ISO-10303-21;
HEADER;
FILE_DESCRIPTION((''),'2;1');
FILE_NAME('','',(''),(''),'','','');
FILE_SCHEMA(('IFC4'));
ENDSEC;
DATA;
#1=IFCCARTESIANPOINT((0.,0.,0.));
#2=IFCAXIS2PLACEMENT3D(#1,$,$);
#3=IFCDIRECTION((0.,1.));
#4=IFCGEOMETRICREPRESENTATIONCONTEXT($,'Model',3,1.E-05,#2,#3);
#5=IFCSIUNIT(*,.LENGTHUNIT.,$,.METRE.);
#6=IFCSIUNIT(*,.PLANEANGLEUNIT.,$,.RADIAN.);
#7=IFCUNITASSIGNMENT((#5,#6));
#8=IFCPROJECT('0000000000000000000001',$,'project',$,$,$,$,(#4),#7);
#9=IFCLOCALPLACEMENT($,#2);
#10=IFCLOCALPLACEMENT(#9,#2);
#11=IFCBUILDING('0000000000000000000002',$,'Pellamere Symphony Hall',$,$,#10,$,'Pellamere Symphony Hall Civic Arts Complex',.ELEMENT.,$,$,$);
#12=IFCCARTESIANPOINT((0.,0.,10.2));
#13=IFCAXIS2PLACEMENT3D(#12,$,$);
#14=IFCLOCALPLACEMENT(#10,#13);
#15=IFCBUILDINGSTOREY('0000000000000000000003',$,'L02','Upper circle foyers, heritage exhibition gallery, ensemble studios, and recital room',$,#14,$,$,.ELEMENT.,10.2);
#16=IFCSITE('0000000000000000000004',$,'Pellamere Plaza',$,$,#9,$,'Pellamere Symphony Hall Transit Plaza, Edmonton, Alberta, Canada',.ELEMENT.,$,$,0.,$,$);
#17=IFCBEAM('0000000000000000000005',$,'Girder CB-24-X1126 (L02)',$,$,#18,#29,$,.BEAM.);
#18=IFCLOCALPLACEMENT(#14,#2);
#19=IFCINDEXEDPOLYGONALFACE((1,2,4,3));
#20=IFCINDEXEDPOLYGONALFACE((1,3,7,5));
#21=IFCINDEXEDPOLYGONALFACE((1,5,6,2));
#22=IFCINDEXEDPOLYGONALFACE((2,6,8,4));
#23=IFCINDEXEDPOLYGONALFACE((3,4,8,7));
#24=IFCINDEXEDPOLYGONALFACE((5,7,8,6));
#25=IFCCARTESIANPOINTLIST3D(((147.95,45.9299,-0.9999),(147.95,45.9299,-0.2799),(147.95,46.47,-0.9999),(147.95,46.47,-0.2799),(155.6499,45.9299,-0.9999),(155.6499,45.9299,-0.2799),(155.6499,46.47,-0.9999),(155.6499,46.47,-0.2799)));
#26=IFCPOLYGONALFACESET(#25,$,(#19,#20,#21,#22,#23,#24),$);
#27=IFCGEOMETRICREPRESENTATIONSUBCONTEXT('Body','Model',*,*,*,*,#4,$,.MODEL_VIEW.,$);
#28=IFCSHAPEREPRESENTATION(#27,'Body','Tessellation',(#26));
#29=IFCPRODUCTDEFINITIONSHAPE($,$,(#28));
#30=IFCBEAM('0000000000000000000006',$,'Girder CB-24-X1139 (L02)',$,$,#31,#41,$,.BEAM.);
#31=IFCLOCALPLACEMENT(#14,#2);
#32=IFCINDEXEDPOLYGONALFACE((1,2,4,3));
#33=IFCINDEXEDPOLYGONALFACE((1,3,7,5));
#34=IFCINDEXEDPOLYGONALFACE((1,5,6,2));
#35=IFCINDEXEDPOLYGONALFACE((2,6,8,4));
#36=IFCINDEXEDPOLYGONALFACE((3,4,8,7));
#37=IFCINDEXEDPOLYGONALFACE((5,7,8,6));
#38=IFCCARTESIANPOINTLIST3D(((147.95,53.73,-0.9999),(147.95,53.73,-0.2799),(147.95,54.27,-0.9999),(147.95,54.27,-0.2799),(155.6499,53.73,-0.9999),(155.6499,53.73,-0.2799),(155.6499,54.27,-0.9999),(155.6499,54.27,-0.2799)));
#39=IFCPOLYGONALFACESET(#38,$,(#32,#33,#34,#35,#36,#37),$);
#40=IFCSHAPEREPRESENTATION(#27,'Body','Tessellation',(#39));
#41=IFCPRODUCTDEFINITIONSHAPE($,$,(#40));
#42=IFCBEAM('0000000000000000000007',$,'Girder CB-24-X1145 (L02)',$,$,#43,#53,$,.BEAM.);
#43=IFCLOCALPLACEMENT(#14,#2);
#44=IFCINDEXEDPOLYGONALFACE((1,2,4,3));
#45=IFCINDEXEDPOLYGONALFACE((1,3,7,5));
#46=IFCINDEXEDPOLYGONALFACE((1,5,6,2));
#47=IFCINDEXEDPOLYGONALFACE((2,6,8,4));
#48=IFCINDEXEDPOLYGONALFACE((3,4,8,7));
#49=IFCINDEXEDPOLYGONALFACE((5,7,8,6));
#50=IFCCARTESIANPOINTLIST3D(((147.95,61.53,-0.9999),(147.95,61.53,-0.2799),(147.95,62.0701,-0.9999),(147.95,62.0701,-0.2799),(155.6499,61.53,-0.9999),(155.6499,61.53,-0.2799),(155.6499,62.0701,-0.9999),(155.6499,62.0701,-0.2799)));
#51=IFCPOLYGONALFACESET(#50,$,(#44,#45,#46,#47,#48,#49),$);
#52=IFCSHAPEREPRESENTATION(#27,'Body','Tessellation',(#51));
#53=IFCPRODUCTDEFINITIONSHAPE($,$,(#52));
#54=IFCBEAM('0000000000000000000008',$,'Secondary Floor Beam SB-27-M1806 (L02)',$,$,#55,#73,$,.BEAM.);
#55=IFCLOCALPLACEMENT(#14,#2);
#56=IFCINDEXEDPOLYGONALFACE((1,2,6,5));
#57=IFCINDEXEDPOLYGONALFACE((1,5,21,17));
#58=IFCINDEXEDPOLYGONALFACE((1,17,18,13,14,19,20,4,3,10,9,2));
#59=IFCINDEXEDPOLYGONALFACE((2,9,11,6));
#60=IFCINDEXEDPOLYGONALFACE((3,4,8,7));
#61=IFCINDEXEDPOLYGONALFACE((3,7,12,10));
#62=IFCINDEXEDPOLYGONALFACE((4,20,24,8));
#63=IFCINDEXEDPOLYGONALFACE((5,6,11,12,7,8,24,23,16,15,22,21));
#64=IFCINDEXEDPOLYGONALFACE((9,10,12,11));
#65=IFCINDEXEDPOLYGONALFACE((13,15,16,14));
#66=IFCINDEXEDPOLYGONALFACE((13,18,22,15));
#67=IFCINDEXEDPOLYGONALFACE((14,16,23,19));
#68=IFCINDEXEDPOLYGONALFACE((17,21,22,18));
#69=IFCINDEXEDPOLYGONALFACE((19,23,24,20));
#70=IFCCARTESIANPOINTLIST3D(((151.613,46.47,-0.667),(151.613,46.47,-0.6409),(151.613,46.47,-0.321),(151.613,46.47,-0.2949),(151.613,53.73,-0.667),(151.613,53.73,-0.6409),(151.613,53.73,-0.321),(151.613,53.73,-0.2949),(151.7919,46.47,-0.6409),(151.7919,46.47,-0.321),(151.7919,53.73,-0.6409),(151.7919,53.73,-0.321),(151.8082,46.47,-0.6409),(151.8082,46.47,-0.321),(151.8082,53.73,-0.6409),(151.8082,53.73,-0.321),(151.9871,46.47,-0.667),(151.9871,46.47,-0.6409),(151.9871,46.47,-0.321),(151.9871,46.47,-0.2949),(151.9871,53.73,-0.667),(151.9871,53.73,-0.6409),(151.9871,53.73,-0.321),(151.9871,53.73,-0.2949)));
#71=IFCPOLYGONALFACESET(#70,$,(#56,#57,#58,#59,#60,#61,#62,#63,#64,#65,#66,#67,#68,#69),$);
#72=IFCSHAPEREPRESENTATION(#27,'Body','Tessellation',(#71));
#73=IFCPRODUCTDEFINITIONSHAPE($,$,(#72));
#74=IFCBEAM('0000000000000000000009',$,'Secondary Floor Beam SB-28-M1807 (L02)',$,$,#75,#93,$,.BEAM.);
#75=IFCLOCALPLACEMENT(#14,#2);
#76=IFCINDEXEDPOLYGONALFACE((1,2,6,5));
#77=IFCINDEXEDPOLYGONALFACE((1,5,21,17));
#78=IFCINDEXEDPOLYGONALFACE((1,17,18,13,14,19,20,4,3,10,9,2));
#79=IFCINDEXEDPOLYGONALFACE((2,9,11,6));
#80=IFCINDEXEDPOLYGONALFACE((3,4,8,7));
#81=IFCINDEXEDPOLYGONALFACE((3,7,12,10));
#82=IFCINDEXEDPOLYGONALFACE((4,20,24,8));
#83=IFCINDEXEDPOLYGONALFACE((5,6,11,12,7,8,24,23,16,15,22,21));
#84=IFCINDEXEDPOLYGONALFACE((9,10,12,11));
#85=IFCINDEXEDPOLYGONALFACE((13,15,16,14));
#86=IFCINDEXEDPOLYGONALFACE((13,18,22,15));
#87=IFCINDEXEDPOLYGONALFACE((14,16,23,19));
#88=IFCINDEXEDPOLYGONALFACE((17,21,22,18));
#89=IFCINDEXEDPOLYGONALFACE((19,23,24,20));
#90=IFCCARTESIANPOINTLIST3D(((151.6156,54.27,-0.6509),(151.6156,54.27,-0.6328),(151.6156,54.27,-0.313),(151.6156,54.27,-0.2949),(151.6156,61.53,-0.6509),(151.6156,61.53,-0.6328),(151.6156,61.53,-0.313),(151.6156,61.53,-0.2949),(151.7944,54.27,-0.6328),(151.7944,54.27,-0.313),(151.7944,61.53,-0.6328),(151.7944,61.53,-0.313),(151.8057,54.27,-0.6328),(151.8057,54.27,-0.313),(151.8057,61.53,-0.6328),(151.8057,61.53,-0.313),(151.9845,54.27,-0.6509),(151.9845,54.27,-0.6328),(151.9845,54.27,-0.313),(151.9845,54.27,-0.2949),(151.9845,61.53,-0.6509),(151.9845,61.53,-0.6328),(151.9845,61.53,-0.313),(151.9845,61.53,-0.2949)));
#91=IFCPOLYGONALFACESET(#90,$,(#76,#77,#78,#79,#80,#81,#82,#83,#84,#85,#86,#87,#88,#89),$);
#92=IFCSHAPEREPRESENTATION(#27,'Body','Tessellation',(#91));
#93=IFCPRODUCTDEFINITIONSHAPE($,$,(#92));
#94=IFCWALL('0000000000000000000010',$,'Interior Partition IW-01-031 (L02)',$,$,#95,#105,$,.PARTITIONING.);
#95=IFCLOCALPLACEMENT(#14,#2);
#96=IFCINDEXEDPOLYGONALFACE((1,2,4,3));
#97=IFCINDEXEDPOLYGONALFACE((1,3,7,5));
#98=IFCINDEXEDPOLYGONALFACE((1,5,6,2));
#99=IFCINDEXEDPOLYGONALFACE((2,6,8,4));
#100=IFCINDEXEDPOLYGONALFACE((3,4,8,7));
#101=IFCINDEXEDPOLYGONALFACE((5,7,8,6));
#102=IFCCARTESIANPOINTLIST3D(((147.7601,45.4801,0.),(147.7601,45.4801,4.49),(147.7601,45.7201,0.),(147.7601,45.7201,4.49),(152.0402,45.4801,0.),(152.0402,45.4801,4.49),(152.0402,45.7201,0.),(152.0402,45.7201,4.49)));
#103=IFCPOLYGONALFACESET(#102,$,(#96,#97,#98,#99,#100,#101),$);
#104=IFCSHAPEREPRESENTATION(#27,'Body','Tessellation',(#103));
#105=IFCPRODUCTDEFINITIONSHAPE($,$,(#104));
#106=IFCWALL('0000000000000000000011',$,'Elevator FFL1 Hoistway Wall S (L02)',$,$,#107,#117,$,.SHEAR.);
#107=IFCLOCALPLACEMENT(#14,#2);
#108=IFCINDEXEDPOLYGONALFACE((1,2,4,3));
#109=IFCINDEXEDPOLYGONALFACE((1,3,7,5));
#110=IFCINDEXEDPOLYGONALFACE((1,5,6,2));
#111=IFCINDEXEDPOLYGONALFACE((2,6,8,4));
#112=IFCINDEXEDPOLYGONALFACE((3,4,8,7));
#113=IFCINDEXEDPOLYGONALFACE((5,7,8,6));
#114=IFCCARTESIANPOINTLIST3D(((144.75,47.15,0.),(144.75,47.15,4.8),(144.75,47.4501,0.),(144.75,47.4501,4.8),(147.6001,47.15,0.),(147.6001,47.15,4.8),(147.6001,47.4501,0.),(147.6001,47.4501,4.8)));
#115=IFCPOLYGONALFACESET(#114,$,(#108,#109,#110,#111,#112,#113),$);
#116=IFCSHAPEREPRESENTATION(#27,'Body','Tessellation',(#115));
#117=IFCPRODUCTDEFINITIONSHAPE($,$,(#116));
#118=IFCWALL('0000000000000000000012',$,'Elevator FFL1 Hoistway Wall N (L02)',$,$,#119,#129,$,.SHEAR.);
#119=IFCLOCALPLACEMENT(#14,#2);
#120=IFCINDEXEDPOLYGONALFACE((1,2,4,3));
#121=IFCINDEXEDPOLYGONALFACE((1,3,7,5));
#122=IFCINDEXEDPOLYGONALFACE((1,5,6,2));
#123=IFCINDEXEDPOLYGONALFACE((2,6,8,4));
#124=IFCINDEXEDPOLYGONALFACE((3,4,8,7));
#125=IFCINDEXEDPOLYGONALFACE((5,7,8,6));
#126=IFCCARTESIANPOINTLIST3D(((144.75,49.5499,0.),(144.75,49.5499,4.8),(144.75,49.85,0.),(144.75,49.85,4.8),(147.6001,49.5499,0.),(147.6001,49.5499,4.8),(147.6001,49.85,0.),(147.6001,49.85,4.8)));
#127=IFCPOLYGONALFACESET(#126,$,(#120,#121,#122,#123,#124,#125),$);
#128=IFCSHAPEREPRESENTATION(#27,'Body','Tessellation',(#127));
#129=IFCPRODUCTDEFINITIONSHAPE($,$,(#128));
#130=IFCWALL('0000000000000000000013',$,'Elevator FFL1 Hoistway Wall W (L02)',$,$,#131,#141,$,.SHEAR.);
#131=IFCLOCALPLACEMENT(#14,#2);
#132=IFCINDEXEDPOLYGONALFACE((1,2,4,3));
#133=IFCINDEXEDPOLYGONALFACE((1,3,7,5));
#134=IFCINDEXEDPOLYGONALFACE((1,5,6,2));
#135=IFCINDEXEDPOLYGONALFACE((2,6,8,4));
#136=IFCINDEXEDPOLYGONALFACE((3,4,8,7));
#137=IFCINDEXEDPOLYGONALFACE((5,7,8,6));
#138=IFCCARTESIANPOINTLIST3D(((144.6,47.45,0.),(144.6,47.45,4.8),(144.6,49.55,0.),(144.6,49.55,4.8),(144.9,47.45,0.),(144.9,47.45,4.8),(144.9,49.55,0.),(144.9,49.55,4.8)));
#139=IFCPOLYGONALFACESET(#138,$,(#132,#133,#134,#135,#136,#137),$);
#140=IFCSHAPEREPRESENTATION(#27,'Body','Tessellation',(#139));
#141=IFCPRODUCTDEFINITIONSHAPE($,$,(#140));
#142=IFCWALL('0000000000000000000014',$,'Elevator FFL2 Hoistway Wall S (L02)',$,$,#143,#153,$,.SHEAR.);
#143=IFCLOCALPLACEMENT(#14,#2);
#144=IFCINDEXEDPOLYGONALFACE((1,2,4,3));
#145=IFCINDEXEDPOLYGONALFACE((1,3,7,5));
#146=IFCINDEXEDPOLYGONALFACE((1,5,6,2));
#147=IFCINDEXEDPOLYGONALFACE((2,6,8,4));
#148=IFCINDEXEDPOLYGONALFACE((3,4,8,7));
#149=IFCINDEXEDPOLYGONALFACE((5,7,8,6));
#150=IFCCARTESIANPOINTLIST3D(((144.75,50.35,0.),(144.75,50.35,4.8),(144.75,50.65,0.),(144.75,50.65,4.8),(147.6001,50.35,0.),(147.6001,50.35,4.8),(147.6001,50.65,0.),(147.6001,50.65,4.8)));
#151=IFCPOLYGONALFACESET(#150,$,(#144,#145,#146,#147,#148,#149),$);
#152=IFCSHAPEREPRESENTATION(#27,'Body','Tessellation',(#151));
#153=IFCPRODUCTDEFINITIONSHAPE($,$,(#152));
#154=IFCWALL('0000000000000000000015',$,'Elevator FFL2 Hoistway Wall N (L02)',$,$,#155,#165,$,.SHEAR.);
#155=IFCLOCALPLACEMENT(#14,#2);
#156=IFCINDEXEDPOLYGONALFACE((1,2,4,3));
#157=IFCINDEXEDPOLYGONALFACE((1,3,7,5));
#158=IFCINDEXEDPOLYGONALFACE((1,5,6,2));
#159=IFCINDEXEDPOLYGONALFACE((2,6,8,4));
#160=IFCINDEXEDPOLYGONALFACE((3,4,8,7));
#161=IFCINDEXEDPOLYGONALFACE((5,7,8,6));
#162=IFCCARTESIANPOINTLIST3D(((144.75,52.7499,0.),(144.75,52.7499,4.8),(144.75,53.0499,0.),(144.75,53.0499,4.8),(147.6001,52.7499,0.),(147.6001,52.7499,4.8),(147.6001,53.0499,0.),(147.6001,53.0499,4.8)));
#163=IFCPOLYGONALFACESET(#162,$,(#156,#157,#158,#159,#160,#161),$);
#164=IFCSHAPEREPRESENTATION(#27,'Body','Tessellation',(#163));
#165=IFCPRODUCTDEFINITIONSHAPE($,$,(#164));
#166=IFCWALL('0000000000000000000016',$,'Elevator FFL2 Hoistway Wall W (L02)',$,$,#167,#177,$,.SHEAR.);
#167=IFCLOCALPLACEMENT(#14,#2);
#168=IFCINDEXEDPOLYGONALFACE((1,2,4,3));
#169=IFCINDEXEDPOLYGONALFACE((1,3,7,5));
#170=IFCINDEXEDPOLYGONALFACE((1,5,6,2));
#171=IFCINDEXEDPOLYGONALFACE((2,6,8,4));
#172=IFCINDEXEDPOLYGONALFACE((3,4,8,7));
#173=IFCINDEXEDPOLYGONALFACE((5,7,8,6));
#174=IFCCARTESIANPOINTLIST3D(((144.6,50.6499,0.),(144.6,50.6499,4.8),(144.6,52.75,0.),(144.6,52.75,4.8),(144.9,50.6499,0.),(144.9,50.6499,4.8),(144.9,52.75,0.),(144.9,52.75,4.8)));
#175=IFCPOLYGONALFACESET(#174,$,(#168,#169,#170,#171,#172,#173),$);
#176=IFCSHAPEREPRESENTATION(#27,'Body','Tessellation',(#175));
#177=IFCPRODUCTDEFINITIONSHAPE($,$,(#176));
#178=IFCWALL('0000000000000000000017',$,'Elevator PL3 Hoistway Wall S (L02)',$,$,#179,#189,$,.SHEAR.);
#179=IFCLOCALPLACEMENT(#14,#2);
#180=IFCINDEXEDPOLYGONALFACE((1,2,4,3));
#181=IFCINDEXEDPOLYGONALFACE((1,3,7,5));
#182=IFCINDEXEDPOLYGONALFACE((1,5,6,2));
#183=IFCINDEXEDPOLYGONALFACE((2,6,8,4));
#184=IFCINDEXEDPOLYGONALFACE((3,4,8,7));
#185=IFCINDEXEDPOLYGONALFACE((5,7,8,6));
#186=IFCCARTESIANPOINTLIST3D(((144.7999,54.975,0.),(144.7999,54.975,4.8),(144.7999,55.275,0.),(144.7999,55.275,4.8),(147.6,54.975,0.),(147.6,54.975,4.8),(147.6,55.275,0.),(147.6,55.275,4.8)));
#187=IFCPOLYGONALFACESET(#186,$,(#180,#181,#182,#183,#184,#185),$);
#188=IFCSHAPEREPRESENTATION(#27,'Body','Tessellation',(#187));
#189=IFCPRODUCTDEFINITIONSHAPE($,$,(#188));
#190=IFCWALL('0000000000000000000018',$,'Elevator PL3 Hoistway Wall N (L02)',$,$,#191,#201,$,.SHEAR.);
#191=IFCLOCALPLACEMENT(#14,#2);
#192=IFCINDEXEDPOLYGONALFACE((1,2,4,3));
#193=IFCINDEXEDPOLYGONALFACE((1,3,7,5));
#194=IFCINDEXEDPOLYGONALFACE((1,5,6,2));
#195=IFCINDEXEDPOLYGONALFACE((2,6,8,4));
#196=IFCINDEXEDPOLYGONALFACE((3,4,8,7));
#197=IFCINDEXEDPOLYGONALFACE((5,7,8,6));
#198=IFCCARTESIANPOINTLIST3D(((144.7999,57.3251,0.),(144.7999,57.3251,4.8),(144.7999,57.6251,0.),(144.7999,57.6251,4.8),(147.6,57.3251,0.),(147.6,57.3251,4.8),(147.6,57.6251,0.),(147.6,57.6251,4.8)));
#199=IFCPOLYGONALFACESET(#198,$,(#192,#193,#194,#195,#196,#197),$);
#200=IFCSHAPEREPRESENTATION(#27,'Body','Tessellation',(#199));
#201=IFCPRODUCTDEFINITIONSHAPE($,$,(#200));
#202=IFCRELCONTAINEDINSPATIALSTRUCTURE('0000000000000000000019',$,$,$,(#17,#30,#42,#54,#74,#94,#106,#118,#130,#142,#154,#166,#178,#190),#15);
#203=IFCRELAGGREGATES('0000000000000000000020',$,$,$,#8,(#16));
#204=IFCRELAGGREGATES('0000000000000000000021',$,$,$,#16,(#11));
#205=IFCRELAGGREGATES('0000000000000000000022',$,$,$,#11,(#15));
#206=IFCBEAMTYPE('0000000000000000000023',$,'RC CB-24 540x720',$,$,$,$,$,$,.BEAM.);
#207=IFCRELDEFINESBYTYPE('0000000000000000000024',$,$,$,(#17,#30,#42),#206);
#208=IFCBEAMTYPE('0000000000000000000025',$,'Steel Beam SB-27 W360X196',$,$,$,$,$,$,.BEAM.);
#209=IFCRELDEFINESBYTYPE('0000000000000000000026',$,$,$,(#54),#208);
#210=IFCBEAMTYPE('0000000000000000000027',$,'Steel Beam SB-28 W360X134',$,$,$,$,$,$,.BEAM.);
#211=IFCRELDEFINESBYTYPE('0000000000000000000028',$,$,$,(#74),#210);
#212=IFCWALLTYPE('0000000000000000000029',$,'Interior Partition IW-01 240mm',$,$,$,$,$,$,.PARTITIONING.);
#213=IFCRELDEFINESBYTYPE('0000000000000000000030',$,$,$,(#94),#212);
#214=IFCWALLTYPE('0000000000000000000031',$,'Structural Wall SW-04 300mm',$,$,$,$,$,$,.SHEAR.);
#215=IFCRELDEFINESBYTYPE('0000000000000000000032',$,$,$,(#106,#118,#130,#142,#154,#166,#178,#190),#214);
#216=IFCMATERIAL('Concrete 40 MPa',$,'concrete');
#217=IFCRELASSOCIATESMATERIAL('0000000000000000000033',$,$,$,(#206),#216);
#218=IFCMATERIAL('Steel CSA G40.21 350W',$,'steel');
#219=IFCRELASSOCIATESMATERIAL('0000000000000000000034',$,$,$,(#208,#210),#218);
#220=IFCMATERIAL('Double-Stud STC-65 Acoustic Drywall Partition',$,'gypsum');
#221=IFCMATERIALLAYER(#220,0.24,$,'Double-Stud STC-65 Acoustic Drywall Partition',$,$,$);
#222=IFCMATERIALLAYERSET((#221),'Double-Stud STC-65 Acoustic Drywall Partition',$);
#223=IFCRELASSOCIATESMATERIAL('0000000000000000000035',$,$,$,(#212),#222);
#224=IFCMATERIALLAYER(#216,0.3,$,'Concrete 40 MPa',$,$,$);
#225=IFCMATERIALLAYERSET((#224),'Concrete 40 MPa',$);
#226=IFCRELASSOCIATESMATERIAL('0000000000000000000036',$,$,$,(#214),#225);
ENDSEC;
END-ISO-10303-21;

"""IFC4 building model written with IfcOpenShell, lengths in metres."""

from ifc_helpers import new_model, si_unit, direction, frame, frame_2d, origin, origin_2d, place, context, subcontext, project, spatial, rectangle, i_section, extrude, material, layer, layer_set, material_profile, profile_set, type_object, element, save


model = new_model("IFC4")

# Units and contexts
model_context = context("Model", 3, precision=1e-05, world=origin(), true_north=direction((0.0, 1.0)))
body_context = subcontext(model_context, "Body", "Model", "MODEL_VIEW")
ifc_project = project(units=[si_unit("LENGTHUNIT", "METRE"), si_unit("PLANEANGLEUNIT", "RADIAN")], contexts=[model_context])

# Site, building, storey
site_placement = place(None, origin())
site = spatial("IfcSite", under=ifc_project, at=site_placement, Name="Pellamere Plaza", LongName="Pellamere Symphony Hall Transit Plaza, Edmonton, Alberta, Canada", CompositionType="ELEMENT", RefElevation=0.0)
building_placement = place(site_placement, origin())
building = spatial("IfcBuilding", under=site, at=building_placement, Name="Pellamere Symphony Hall", LongName="Pellamere Symphony Hall Civic Arts Complex", CompositionType="ELEMENT")
storey_placement = place(building_placement, frame((0.0, 0.0, 10.2)))
storey = spatial("IfcBuildingStorey", under=building, at=storey_placement, Name="L02", Description="Upper circle foyers, heritage exhibition gallery, ensemble studios, and recital room", CompositionType="ELEMENT", Elevation=10.2)

# Shared definitions
ifc_material_1 = material(Name="Concrete 40 MPa", Category="concrete")

# Beams
ifc_material_profile_1 = material_profile(ifc_material_1, rectangle(XDim=0.54, YDim=0.72, at=origin_2d()), Name="RC 540x720")
ifc_profile_set_1 = profile_set([ifc_material_profile_1], Name="Concrete 40 MPa")
beam_type_1 = type_object("IfcBeamType", Name="RC CB-24 540x720", PredefinedType="BEAM", material=ifc_profile_set_1)
for number, where, z_axis, x_axis, name in (
    (1, (147.95, 46.2, -0.6399), (1.0, 0.0, 0.0), (0.0, 1.0, 0.0), "Girder CB-24-X1126 (L02)"),
    (2, (147.95, 54.0, -0.6399), (1.0, 0.0, 0.0), (0.0, 1.0, 0.0), "Girder CB-24-X1139 (L02)"),
    (3, (147.95, 61.8, -0.6399), (1.0, 0.0, 0.0), (0.0, 1.0, 0.0), "Girder CB-24-X1145 (L02)"),
):
    element("IfcBeam", number, at=place(storey_placement, frame(where, z_axis=z_axis, x_axis=x_axis)), inside=storey, type_object=beam_type_1, Name=name, PredefinedType="BEAM", context=body_context, shape_type="SweptSolid", body=[
        extrude(rectangle(XDim=0.54, YDim=0.72, at=origin_2d()), origin(), (0.0, 0.0, 1.0), 7.7),
    ])
ifc_material_2 = material(Name="Steel CSA G40.21 350W", Category="steel")
ifc_material_profile_2 = material_profile(ifc_material_2, i_section(OverallWidth=0.374, OverallDepth=0.3721, WebThickness=0.0164, FlangeThickness=0.0261, at=origin_2d()), Name="W360X196")
ifc_profile_set_2 = profile_set([ifc_material_profile_2], Name="Steel CSA G40.21 350W")
beam_type_2 = type_object("IfcBeamType", Name="Steel Beam SB-27 W360X196", PredefinedType="BEAM", material=ifc_profile_set_2)
beam_1_placement = place(storey_placement, frame((151.8, 46.47, -0.481), z_axis=(0.0, 1.0, 0.0), x_axis=(-1.0, 0.0, 0.0)))
element("IfcBeam", 4, at=beam_1_placement, inside=storey, type_object=beam_type_2, Name="Secondary Floor Beam SB-27-M1806 (L02)", PredefinedType="BEAM", context=body_context, shape_type="SweptSolid", body=[
    extrude(i_section(OverallWidth=0.374, OverallDepth=0.3721, WebThickness=0.0164, FlangeThickness=0.0261, at=origin_2d()), origin(), (0.0, 0.0, 1.0), 7.26),
])
ifc_material_profile_3 = material_profile(ifc_material_2, i_section(OverallWidth=0.3689, OverallDepth=0.356, WebThickness=0.0112, FlangeThickness=0.0181, at=origin_2d()), Name="W360X134")
ifc_profile_set_3 = profile_set([ifc_material_profile_3], Name="Steel CSA G40.21 350W")
beam_type_3 = type_object("IfcBeamType", Name="Steel Beam SB-28 W360X134", PredefinedType="BEAM", material=ifc_profile_set_3)
beam_2_placement = place(storey_placement, frame((151.8, 54.27, -0.4729), z_axis=(0.0, 1.0, 0.0), x_axis=(-1.0, 0.0, 0.0)))
element("IfcBeam", 5, at=beam_2_placement, inside=storey, type_object=beam_type_3, Name="Secondary Floor Beam SB-28-M1807 (L02)", PredefinedType="BEAM", context=body_context, shape_type="SweptSolid", body=[
    extrude(i_section(OverallWidth=0.3689, OverallDepth=0.356, WebThickness=0.0112, FlangeThickness=0.0181, at=origin_2d()), origin(), (0.0, 0.0, 1.0), 7.26),
])

# Walls
ifc_material_3 = material(Name="Double-Stud STC-65 Acoustic Drywall Partition", Category="gypsum")
ifc_layer_1 = layer(ifc_material_3, 0.24, Name="Double-Stud STC-65 Acoustic Drywall Partition")
ifc_layer_set_1 = layer_set([ifc_layer_1], Name="Double-Stud STC-65 Acoustic Drywall Partition")
wall_type_1 = type_object("IfcWallType", Name="Interior Partition IW-01 240mm", PredefinedType="PARTITIONING", material=ifc_layer_set_1)
wall_1_placement = place(storey_placement, frame((147.76, 45.6001, 0.0), z_axis=(0.0, 0.0, 1.0), x_axis=(1.0, 0.0, 0.0)))
element("IfcWall", 6, at=wall_1_placement, inside=storey, type_object=wall_type_1, Name="Interior Partition IW-01-031 (L02)", PredefinedType="PARTITIONING", context=body_context, shape_type="SweptSolid", body=[
    extrude(rectangle(XDim=4.28, YDim=0.24, at=frame_2d((2.1401, 0.0))), origin(), (0.0, 0.0, 1.0), 4.49),
])
ifc_layer_2 = layer(ifc_material_1, 0.3, Name="Concrete 40 MPa")
ifc_layer_set_2 = layer_set([ifc_layer_2], Name="Concrete 40 MPa")
wall_type_2 = type_object("IfcWallType", Name="Structural Wall SW-04 300mm", PredefinedType="SHEAR", material=ifc_layer_set_2)
for number, where, z_axis, x_axis, name in (
    (7, (144.75, 47.3, 0.0), (0.0, 0.0, 1.0), (1.0, 0.0, 0.0), "Elevator FFL1 Hoistway Wall S (L02)"),
    (8, (144.75, 49.7, 0.0), (0.0, 0.0, 1.0), (1.0, 0.0, 0.0), "Elevator FFL1 Hoistway Wall N (L02)"),
):
    element("IfcWall", number, at=place(storey_placement, frame(where, z_axis=z_axis, x_axis=x_axis)), inside=storey, type_object=wall_type_2, Name=name, PredefinedType="SHEAR", context=body_context, shape_type="SweptSolid", body=[
        extrude(rectangle(XDim=2.8501, YDim=0.3, at=frame_2d((1.425, 0.0))), origin(), (0.0, 0.0, 1.0), 4.8),
    ])
wall_2_placement = place(storey_placement, frame((144.75, 47.45, 0.0), z_axis=(0.0, 0.0, 1.0), x_axis=(0.0, 1.0, 0.0)))
element("IfcWall", 9, at=wall_2_placement, inside=storey, type_object=wall_type_2, Name="Elevator FFL1 Hoistway Wall W (L02)", PredefinedType="SHEAR", context=body_context, shape_type="SweptSolid", body=[
    extrude(rectangle(XDim=2.1001, YDim=0.3, at=frame_2d((1.05, 0.0))), origin(), (0.0, 0.0, 1.0), 4.8),
])
for number, where, z_axis, x_axis, name in (
    (10, (144.75, 50.5, 0.0), (0.0, 0.0, 1.0), (1.0, 0.0, 0.0), "Elevator FFL2 Hoistway Wall S (L02)"),
    (11, (144.75, 52.8999, 0.0), (0.0, 0.0, 1.0), (1.0, 0.0, 0.0), "Elevator FFL2 Hoistway Wall N (L02)"),
):
    element("IfcWall", number, at=place(storey_placement, frame(where, z_axis=z_axis, x_axis=x_axis)), inside=storey, type_object=wall_type_2, Name=name, PredefinedType="SHEAR", context=body_context, shape_type="SweptSolid", body=[
        extrude(rectangle(XDim=2.8501, YDim=0.3, at=frame_2d((1.425, 0.0))), origin(), (0.0, 0.0, 1.0), 4.8),
    ])
wall_3_placement = place(storey_placement, frame((144.75, 50.6499, 0.0), z_axis=(0.0, 0.0, 1.0), x_axis=(0.0, 1.0, 0.0)))
element("IfcWall", 12, at=wall_3_placement, inside=storey, type_object=wall_type_2, Name="Elevator FFL2 Hoistway Wall W (L02)", PredefinedType="SHEAR", context=body_context, shape_type="SweptSolid", body=[
    extrude(rectangle(XDim=2.1001, YDim=0.3, at=frame_2d((1.05, 0.0))), origin(), (0.0, 0.0, 1.0), 4.8),
])
for number, where, z_axis, x_axis, name in (
    (13, (144.8, 55.125, 0.0), (0.0, 0.0, 1.0), (1.0, 0.0, 0.0), "Elevator PL3 Hoistway Wall S (L02)"),
    (14, (144.8, 57.4751, 0.0), (0.0, 0.0, 1.0), (1.0, 0.0, 0.0), "Elevator PL3 Hoistway Wall N (L02)"),
):
    element("IfcWall", number, at=place(storey_placement, frame(where, z_axis=z_axis, x_axis=x_axis)), inside=storey, type_object=wall_type_2, Name=name, PredefinedType="SHEAR", context=body_context, shape_type="SweptSolid", body=[
        extrude(rectangle(XDim=2.8, YDim=0.3, at=frame_2d((1.3999, 0.0))), origin(), (0.0, 0.0, 1.0), 4.8),
    ])

save(model, "model.ifc")
